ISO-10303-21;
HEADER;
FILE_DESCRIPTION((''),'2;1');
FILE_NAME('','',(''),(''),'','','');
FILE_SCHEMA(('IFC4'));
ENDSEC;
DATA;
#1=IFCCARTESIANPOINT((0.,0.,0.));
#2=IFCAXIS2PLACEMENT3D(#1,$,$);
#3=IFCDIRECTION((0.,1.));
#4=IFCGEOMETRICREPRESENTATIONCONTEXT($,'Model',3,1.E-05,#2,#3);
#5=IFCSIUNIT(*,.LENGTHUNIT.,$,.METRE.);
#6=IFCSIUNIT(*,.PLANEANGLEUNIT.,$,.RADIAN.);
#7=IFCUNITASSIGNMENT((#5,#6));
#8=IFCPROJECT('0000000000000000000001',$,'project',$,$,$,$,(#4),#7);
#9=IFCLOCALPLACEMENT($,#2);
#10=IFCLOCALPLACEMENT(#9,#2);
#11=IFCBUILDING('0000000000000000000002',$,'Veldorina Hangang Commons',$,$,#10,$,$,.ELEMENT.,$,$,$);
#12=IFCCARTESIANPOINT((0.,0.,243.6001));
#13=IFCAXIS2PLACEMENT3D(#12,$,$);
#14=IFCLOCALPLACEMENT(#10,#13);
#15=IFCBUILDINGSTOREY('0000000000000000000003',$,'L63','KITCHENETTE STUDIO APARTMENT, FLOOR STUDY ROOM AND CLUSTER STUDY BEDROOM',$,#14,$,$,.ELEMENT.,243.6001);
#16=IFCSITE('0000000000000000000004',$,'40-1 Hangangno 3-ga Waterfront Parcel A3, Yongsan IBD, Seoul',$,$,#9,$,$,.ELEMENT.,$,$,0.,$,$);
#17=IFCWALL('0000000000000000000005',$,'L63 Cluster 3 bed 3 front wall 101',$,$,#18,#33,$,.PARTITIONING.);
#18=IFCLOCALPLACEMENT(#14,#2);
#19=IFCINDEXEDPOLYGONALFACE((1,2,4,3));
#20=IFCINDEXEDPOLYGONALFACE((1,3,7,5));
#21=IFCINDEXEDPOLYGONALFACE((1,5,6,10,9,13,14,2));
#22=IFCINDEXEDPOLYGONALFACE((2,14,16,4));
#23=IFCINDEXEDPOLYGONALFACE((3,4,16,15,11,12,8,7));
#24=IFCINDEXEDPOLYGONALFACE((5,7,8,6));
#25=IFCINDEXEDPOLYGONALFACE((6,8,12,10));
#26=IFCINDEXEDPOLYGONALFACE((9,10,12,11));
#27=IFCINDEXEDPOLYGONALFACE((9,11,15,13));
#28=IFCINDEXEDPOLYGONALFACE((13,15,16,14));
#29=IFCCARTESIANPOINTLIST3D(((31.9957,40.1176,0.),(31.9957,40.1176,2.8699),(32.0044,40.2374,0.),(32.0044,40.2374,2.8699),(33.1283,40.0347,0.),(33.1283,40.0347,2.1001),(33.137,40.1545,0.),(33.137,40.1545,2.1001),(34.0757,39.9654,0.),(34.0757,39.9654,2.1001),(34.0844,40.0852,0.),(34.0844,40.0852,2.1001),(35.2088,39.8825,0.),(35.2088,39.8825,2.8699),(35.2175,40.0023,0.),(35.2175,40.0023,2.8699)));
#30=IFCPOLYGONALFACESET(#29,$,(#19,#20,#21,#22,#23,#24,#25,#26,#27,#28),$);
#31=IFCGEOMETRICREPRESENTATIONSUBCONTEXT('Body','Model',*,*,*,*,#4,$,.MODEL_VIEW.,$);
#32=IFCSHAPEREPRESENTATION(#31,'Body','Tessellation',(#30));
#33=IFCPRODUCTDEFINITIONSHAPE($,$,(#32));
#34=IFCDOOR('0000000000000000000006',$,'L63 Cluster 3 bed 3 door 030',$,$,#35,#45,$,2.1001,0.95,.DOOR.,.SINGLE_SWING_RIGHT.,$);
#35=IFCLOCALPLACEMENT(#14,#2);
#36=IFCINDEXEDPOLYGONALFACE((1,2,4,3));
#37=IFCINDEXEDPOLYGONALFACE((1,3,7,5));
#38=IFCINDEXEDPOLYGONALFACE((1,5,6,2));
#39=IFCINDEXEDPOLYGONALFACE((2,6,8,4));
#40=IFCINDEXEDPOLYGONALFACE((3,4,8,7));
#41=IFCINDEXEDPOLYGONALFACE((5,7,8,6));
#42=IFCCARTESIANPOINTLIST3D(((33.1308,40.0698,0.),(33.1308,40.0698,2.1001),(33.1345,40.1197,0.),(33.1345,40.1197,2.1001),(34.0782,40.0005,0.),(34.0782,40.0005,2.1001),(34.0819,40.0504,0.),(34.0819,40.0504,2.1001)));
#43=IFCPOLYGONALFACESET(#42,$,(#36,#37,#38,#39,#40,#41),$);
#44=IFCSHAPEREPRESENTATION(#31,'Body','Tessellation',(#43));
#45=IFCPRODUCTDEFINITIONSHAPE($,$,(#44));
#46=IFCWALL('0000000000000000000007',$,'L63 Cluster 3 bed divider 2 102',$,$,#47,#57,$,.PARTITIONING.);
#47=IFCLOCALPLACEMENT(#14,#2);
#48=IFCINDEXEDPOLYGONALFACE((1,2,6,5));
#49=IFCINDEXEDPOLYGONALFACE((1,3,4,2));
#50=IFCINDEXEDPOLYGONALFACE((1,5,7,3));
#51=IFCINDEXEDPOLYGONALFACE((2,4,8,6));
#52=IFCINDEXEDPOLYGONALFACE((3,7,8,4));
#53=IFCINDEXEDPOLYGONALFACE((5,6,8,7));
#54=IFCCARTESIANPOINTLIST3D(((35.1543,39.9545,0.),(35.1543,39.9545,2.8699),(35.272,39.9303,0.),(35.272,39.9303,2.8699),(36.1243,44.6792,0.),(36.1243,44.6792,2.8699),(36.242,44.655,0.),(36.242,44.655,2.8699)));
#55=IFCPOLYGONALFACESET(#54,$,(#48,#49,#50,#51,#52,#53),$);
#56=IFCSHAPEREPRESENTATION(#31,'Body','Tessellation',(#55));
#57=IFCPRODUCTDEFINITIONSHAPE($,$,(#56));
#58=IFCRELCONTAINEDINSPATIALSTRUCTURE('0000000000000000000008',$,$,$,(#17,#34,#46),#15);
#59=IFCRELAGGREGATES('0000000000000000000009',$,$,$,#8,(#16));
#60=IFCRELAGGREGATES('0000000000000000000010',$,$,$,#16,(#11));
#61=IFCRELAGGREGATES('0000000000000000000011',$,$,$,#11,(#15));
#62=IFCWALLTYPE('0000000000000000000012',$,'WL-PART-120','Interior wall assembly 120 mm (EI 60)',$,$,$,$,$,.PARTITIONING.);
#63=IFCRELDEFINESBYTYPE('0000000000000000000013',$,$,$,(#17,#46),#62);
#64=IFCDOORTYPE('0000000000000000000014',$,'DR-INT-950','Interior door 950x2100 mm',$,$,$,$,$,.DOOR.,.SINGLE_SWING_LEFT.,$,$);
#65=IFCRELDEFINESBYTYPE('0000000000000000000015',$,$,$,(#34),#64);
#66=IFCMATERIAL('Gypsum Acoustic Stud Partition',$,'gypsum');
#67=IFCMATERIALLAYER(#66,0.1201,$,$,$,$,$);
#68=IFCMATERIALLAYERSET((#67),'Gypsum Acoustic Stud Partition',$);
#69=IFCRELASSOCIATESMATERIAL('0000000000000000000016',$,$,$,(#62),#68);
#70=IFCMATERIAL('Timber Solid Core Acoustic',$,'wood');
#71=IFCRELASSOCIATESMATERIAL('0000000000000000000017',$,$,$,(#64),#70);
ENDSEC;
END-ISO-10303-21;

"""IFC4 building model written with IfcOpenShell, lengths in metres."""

from ifc_helpers import new_model, si_unit, direction, frame, frame_2d, origin, place, context, subcontext, project, spatial, rectangle, extrude, material, layer, layer_set, type_object, element, fill, save


model = new_model("IFC4")

# Units and contexts
model_context = context("Model", 3, precision=1e-05, world=origin(), true_north=direction((0.0, 1.0)))
body_context = subcontext(model_context, "Body", "Model", "MODEL_VIEW")
ifc_project = project(units=[si_unit("LENGTHUNIT", "METRE"), si_unit("PLANEANGLEUNIT", "RADIAN")], contexts=[model_context])

# Site, building, storey
site_placement = place(None, origin())
site = spatial("IfcSite", under=ifc_project, at=site_placement, Name="40-1 Hangangno 3-ga Waterfront Parcel A3, Yongsan IBD, Seoul", CompositionType="ELEMENT", RefElevation=0.0)
building_placement = place(site_placement, origin())
building = spatial("IfcBuilding", under=site, at=building_placement, Name="Veldorina Hangang Commons", CompositionType="ELEMENT")
storey_placement = place(building_placement, frame((0.0, 0.0, 243.6001)))
storey = spatial("IfcBuildingStorey", under=building, at=storey_placement, Name="L63", Description="KITCHENETTE STUDIO APARTMENT, FLOOR STUDY ROOM AND CLUSTER STUDY BEDROOM", CompositionType="ELEMENT", Elevation=243.6001)

# Shared definitions
ifc_material_1 = material(Name="Gypsum Acoustic Stud Partition", Category="gypsum")
ifc_layer_1 = layer(ifc_material_1, 0.1201)
ifc_layer_set_1 = layer_set([ifc_layer_1], Name="Gypsum Acoustic Stud Partition")
wall_type_1 = type_object("IfcWallType", Name="WL-PART-120", Description="Interior wall assembly 120 mm (EI 60)", PredefinedType="PARTITIONING", material=ifc_layer_set_1)

# Shared definitions
ifc_material_2 = material(Name="Timber Solid Core Acoustic", Category="wood")
door_type_1 = type_object("IfcDoorType", Name="DR-INT-950", Description="Interior door 950x2100 mm", OperationType="SINGLE_SWING_LEFT", PredefinedType="DOOR", material=ifc_material_2)

# Wall, opening, door
wall_1_placement = place(storey_placement, frame((35.2131, 39.9424, 0.0), z_axis=(0.0, 0.0, 1.0), x_axis=(-0.997334, 0.072976, 0.0)))
wall_1 = element("IfcWall", 1, at=wall_1_placement, inside=storey, type_object=wall_type_1, Name="L63 Cluster 3 bed 3 front wall 101", PredefinedType="PARTITIONING", context=body_context, shape_type="SweptSolid", body=[
    extrude(rectangle(XDim=3.2217, YDim=0.1201, at=frame_2d((1.6108, 0.0))), origin(), (0.0, 0.0, 1.0), 2.8699),
])
opening_1_placement = place(wall_1_placement, frame((1.136, 0.0, 0.0)))
opening_1 = element("IfcOpeningElement", 2, at=opening_1_placement, cuts=wall_1, PredefinedType="OPENING", context=body_context, shape_type="SweptSolid", body=[
    extrude(rectangle(XDim=0.95, YDim=2.1001, at=frame_2d((0.4751, 1.05))), frame((0.0, 0.0701, 0.0), z_axis=(0.0, -1.0, 0.0), x_axis=(1.0, 0.0, 0.0)), (0.0, 0.0, 1.0), 0.1401),
])
door_1_placement = place(opening_1_placement, origin())
door_1 = element("IfcDoor", 3, at=door_1_placement, inside=storey, type_object=door_type_1, Name="L63 Cluster 3 bed 3 door 030", OperationType="SINGLE_SWING_RIGHT", OverallHeight=2.1001, OverallWidth=0.95, PredefinedType="DOOR", context=body_context, shape_type="SweptSolid", body=[
    extrude(rectangle(XDim=0.95, YDim=2.1001, at=frame_2d((0.4751, 1.05))), frame((0.0, 0.0249, 0.0), z_axis=(0.0, -1.0, 0.0), x_axis=(1.0, 0.0, 0.0)), (0.0, 0.0, 1.0), 0.05),
])
fill(opening_1, door_1)

# Wall
wall_2_placement = place(storey_placement, frame((35.2131, 39.9424, 0.0), z_axis=(0.0, 0.0, 1.0), x_axis=(0.201107, 0.979569, 0.0)))
element("IfcWall", 4, at=wall_2_placement, inside=storey, type_object=wall_type_1, Name="L63 Cluster 3 bed divider 2 102", PredefinedType="PARTITIONING", context=body_context, shape_type="SweptSolid", body=[
    extrude(rectangle(XDim=4.8232, YDim=0.1201, at=frame_2d((2.4116, 0.0))), origin(), (0.0, 0.0, 1.0), 2.8699),
])

save(model, "model.ifc")
